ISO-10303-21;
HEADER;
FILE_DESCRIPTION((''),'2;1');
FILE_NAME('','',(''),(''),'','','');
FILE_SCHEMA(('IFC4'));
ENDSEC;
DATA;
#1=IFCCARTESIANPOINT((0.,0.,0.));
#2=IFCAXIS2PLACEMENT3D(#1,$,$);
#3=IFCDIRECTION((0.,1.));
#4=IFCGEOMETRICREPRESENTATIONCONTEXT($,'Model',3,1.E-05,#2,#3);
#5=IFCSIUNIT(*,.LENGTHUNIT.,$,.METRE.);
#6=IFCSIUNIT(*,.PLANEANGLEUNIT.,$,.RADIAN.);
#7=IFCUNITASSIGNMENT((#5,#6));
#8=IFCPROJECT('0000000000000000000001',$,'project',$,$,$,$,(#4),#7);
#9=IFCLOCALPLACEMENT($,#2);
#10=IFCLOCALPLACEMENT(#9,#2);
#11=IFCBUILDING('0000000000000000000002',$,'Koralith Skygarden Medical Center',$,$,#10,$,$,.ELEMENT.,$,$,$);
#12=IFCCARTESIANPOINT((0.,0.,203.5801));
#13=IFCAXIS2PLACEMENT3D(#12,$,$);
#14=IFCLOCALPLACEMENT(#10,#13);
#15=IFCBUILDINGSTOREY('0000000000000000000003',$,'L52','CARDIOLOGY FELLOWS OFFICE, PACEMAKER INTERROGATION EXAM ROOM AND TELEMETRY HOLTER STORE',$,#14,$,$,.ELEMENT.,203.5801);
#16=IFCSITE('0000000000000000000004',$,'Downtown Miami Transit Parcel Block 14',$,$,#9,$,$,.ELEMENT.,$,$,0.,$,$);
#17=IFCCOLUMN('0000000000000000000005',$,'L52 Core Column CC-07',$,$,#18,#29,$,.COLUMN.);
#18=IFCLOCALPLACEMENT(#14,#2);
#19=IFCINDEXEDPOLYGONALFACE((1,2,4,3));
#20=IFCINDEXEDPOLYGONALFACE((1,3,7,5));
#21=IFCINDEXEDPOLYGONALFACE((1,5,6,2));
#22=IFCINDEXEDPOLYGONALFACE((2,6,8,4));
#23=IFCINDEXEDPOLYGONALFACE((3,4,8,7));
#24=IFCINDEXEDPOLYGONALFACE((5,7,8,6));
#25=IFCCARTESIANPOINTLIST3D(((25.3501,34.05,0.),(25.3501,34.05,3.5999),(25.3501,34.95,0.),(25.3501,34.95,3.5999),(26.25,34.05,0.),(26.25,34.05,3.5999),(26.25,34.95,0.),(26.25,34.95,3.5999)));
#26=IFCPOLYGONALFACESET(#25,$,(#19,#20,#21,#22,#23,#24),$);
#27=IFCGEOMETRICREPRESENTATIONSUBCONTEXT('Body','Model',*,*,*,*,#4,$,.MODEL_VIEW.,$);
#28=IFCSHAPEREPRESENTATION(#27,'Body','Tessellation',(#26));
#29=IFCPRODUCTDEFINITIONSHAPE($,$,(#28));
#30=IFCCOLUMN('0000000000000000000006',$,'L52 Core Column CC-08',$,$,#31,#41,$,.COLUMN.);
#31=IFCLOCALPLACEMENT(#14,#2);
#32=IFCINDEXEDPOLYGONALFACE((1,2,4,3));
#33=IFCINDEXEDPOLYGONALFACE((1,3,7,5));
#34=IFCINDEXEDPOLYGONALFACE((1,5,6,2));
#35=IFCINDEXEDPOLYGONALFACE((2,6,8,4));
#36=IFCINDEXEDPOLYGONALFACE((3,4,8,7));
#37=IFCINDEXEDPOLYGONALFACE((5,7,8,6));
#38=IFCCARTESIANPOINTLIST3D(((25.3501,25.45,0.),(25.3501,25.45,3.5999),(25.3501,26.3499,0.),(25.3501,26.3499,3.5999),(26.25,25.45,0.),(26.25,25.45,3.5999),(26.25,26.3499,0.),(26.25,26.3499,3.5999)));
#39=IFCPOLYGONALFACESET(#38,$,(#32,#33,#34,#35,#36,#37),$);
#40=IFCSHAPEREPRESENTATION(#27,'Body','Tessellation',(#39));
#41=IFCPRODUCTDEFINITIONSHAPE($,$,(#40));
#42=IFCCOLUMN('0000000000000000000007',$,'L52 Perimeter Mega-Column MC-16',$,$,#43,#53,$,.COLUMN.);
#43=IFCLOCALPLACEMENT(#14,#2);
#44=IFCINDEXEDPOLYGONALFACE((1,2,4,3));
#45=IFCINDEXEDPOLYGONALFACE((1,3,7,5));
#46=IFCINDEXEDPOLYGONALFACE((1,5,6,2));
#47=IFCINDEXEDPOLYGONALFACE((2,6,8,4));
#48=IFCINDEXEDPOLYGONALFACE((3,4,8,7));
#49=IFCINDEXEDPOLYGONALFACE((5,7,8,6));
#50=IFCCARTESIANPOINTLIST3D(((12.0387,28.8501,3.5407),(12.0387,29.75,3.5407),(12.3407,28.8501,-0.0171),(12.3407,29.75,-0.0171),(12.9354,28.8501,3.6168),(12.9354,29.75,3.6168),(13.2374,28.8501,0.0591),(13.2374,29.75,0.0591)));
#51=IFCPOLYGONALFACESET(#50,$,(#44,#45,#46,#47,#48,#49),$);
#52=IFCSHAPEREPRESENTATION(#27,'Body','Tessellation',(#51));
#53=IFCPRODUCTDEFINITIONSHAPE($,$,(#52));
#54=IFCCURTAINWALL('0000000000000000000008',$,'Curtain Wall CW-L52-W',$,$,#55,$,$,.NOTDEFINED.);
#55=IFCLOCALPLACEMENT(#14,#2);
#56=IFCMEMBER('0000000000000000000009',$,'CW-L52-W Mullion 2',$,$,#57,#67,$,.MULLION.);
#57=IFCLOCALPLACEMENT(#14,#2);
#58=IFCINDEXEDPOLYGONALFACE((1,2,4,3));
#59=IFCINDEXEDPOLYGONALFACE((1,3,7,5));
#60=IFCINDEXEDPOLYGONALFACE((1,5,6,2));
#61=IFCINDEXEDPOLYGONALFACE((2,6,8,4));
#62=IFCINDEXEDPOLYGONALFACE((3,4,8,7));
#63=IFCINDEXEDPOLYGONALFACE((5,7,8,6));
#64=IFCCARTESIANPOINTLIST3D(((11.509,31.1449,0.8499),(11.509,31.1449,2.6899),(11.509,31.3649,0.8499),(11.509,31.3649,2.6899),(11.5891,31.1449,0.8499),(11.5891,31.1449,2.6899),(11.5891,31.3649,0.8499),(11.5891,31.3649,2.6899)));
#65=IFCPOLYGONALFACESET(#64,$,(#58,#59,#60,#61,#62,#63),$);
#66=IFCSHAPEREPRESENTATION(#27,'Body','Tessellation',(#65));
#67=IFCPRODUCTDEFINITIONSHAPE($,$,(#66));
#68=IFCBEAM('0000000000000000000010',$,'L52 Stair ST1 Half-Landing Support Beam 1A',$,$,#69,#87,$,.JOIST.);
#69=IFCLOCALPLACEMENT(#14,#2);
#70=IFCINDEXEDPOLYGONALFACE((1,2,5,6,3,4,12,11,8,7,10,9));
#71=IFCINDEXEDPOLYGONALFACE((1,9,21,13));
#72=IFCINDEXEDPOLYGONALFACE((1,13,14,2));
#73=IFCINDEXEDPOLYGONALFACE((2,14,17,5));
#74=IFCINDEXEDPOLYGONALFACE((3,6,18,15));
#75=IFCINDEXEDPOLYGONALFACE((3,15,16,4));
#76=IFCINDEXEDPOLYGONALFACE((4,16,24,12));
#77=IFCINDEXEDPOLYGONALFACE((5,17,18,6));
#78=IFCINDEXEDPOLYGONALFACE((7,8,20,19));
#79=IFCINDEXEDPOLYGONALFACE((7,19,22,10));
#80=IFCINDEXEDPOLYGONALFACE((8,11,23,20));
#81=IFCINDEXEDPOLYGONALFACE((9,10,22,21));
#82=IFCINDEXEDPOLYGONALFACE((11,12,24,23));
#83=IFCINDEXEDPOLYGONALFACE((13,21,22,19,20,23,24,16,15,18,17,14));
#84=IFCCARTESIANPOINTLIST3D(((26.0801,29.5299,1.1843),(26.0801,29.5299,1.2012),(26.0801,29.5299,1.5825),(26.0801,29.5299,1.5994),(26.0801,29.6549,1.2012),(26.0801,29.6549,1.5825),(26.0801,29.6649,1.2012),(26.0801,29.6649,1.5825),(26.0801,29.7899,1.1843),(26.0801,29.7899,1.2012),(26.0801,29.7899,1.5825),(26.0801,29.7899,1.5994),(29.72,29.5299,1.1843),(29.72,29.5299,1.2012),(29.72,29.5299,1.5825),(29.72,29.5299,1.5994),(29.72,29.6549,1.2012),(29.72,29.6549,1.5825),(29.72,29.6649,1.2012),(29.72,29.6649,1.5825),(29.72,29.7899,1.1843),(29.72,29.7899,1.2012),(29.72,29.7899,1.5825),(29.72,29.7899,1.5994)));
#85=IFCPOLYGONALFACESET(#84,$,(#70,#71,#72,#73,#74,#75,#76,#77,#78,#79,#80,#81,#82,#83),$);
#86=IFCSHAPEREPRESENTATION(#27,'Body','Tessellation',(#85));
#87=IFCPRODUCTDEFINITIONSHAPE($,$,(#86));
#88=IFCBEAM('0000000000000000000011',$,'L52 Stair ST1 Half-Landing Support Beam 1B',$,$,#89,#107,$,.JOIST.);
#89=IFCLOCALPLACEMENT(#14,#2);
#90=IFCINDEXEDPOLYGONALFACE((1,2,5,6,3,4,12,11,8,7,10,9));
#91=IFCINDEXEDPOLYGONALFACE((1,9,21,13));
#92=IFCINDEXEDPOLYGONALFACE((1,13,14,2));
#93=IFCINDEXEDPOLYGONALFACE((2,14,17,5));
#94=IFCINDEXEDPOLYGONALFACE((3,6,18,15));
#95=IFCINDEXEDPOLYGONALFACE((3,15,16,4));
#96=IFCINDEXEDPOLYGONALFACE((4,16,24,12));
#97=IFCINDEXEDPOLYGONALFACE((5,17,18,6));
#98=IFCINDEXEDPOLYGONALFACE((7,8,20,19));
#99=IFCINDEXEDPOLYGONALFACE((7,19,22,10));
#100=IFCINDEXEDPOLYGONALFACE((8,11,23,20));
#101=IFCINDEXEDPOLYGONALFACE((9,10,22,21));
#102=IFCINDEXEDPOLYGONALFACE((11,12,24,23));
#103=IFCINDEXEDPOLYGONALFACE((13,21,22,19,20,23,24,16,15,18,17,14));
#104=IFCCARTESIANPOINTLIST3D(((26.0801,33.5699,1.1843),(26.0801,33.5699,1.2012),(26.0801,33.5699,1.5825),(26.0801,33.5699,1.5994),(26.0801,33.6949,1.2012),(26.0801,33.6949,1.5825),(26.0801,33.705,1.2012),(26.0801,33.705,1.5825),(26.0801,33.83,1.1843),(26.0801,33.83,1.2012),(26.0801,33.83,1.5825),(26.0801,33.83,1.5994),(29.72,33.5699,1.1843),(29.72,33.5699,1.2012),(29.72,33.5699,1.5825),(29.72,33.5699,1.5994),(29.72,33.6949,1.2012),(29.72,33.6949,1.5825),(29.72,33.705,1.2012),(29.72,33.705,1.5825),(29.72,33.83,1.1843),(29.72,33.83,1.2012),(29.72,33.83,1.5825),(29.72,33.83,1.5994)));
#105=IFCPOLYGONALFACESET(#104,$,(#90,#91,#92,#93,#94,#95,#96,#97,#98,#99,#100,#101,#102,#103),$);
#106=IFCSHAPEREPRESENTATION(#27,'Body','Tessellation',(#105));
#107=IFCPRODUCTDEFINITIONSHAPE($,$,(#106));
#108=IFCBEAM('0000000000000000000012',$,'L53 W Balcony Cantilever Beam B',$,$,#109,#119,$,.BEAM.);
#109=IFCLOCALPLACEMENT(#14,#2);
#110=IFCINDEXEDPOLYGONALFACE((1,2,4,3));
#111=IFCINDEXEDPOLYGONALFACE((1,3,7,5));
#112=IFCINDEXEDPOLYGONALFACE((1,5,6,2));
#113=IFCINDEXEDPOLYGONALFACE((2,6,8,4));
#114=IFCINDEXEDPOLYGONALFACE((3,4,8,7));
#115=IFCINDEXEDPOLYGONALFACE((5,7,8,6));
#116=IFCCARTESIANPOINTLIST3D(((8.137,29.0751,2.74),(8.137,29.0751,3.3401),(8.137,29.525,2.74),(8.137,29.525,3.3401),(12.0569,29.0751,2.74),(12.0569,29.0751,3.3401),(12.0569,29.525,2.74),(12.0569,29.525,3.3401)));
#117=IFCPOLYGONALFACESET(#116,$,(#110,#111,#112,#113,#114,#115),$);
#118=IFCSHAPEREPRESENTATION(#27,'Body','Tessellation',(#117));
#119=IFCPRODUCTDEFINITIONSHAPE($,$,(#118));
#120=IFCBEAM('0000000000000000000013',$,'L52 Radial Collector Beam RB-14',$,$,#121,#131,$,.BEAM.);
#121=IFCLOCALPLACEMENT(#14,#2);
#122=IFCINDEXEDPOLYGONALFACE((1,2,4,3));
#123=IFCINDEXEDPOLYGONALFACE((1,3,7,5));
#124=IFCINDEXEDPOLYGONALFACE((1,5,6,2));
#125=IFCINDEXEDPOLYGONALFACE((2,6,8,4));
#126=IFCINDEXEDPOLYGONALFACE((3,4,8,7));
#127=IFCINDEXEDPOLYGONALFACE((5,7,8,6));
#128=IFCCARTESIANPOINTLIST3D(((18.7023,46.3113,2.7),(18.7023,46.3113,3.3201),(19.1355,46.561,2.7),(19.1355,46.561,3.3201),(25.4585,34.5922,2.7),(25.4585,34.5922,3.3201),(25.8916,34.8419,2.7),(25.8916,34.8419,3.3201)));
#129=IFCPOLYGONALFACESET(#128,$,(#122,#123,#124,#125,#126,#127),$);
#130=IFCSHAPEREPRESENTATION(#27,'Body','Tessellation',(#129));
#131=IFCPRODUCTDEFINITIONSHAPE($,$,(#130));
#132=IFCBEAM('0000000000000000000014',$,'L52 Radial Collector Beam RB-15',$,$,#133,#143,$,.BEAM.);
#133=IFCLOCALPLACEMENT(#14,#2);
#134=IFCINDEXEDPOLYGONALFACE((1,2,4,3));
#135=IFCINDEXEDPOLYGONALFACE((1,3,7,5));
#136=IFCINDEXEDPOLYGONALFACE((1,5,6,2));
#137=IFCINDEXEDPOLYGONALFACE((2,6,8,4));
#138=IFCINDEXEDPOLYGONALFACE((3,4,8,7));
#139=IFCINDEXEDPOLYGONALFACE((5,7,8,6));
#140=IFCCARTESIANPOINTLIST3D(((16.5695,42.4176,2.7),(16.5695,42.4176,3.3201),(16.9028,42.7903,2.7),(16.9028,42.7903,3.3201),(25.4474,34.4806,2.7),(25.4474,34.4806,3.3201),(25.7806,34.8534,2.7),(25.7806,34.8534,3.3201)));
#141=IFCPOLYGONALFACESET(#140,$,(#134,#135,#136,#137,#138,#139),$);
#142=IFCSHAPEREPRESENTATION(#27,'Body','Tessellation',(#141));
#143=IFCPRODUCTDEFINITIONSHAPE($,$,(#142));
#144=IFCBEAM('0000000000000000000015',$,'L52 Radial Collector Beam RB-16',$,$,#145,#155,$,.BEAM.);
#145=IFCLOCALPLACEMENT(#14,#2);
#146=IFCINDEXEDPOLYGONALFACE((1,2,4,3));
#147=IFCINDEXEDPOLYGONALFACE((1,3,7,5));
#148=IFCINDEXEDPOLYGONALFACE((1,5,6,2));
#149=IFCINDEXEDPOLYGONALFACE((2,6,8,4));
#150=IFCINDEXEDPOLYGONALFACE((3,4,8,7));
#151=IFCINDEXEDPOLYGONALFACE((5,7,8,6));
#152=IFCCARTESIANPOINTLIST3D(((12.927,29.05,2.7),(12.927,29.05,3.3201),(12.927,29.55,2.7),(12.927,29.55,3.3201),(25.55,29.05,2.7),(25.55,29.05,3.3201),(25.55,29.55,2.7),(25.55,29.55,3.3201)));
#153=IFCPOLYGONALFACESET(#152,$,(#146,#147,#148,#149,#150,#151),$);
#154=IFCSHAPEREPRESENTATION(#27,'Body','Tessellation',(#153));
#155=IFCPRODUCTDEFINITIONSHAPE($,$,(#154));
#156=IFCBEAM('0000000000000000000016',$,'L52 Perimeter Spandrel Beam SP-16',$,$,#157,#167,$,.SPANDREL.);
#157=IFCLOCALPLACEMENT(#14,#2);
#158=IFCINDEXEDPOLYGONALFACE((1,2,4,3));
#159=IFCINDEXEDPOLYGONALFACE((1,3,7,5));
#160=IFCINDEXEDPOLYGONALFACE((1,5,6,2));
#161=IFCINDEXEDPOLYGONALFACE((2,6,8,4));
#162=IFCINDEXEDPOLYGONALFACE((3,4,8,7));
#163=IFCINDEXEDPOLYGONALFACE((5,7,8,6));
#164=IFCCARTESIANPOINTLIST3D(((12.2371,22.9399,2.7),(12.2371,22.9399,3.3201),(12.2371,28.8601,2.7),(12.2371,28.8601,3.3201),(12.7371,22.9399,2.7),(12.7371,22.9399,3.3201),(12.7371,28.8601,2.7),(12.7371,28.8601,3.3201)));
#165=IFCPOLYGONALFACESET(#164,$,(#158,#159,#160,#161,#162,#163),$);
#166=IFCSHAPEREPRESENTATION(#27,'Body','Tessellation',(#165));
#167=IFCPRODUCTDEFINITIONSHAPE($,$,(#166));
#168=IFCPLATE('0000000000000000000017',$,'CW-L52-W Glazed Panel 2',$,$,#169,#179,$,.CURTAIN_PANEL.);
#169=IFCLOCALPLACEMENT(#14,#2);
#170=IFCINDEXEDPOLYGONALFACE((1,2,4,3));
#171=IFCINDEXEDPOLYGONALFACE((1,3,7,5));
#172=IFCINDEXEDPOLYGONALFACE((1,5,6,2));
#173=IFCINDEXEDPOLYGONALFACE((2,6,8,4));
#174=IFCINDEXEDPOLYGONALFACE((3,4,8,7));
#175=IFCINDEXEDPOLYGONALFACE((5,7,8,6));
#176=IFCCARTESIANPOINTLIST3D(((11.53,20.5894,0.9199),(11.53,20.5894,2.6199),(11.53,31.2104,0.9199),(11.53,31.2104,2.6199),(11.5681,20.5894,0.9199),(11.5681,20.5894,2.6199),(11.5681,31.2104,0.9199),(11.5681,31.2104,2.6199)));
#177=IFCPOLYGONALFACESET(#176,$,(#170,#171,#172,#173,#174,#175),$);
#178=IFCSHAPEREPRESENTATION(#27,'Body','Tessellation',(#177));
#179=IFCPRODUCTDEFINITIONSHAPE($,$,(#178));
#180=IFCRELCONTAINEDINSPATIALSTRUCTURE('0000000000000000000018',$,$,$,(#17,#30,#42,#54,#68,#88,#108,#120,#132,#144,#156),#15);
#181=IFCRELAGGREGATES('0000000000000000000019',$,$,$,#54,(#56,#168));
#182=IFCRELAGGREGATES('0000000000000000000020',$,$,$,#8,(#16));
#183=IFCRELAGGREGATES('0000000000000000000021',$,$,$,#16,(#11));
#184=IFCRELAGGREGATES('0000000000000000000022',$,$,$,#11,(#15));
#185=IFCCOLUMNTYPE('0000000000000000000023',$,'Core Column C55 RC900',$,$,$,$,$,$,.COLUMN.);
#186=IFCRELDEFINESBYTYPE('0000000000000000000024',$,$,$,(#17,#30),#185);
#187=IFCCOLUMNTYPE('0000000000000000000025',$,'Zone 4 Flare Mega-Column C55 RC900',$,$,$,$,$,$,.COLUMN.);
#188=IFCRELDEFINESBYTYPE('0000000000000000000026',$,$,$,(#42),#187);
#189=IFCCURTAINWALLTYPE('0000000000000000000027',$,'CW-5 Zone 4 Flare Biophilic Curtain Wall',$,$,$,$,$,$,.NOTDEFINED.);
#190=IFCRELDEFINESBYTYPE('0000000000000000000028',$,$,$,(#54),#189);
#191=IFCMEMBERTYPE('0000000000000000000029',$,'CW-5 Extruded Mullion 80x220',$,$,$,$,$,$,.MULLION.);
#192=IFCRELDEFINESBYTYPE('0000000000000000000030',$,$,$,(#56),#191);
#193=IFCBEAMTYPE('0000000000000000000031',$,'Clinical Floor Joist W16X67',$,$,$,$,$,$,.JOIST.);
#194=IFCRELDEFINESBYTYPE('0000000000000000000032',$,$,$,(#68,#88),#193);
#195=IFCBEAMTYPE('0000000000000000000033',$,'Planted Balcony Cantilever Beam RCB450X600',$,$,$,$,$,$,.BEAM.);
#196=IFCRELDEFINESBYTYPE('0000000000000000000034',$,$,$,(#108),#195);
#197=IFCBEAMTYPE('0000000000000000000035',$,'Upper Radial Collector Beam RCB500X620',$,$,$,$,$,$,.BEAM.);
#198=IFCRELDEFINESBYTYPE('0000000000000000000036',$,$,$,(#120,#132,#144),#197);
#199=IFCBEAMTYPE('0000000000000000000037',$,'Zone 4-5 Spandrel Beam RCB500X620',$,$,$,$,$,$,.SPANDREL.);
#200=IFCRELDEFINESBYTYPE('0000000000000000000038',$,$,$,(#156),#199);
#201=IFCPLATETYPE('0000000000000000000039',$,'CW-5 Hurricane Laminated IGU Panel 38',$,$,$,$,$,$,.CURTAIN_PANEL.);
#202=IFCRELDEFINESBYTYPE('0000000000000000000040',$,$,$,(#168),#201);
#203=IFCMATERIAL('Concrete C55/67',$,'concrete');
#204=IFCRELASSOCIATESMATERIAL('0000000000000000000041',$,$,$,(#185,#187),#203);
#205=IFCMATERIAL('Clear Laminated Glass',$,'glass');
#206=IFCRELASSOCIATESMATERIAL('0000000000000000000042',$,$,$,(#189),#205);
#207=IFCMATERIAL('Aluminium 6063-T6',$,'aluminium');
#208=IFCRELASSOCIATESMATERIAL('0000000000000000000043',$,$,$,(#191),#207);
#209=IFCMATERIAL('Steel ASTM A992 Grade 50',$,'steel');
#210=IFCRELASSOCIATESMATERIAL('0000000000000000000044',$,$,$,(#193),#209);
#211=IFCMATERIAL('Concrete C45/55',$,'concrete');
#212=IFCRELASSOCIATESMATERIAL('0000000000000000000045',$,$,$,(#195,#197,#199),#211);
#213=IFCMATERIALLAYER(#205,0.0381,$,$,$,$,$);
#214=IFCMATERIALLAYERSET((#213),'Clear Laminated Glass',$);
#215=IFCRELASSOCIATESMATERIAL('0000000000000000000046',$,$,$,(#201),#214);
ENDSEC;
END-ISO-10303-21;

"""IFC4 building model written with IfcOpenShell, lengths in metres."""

from ifc_helpers import new_model, si_unit, direction, frame, origin, origin_2d, place, context, subcontext, project, spatial, rectangle, i_section, extrude, material, layer, layer_set, material_profile, profile_set, type_object, element, aggregate, save


model = new_model("IFC4")

# Units and contexts
model_context = context("Model", 3, precision=1e-05, world=origin(), true_north=direction((0.0, 1.0)))
body_context = subcontext(model_context, "Body", "Model", "MODEL_VIEW")
ifc_project = project(units=[si_unit("LENGTHUNIT", "METRE"), si_unit("PLANEANGLEUNIT", "RADIAN")], contexts=[model_context])

# Site, building, storey
site_placement = place(None, origin())
site = spatial("IfcSite", under=ifc_project, at=site_placement, Name="Downtown Miami Transit Parcel Block 14", CompositionType="ELEMENT", RefElevation=0.0)
building_placement = place(site_placement, origin())
building = spatial("IfcBuilding", under=site, at=building_placement, Name="Koralith Skygarden Medical Center", CompositionType="ELEMENT")
storey_placement = place(building_placement, frame((0.0, 0.0, 203.5801)))
storey = spatial("IfcBuildingStorey", under=building, at=storey_placement, Name="L52", Description="CARDIOLOGY FELLOWS OFFICE, PACEMAKER INTERROGATION EXAM ROOM AND TELEMETRY HOLTER STORE", CompositionType="ELEMENT", Elevation=203.5801)

# Columns
ifc_material_1 = material(Name="Concrete C55/67", Category="concrete")
ifc_material_profile_1 = material_profile(ifc_material_1, rectangle(XDim=0.8999, YDim=0.8999, at=origin_2d()), Name="RC900X900")
ifc_profile_set_1 = profile_set([ifc_material_profile_1], Name="Concrete C55/67")
column_type_1 = type_object("IfcColumnType", Name="Core Column C55 RC900", PredefinedType="COLUMN", material=ifc_profile_set_1)
for number, where, z_axis, x_axis, name in (
    (1, (25.8, 34.5, 0.0), (0.0, 0.0, 1.0), (1.0, 0.0, 0.0), "L52 Core Column CC-07"),
    (2, (25.8, 25.8999, 0.0), (0.0, 0.0, 1.0), (1.0, 0.0, 0.0), "L52 Core Column CC-08"),
):
    element("IfcColumn", number, at=place(storey_placement, frame(where, z_axis=z_axis, x_axis=x_axis)), inside=storey, type_object=column_type_1, Name=name, PredefinedType="COLUMN", context=body_context, shape_type="SweptSolid", body=[
        extrude(rectangle(XDim=0.8999, YDim=0.8999, at=origin_2d()), origin(), (0.0, 0.0, 1.0), 3.5999),
    ])
ifc_material_profile_2 = material_profile(ifc_material_1, rectangle(XDim=0.8999, YDim=0.8999, at=origin_2d()), Name="RC900X900")
ifc_profile_set_2 = profile_set([ifc_material_profile_2], Name="Concrete C55/67")
column_type_2 = type_object("IfcColumnType", Name="Zone 4 Flare Mega-Column C55 RC900", PredefinedType="COLUMN", material=ifc_profile_set_2)
column_placement = place(storey_placement, frame((12.7891, 29.3, 0.021), z_axis=(-0.084579, 0.0, 0.996417), x_axis=(0.0, -1.0, 0.0)))
element("IfcColumn", 3, at=column_placement, inside=storey, type_object=column_type_2, Name="L52 Perimeter Mega-Column MC-16", PredefinedType="COLUMN", context=body_context, shape_type="SweptSolid", body=[
    extrude(rectangle(XDim=0.8999, YDim=0.8999, at=origin_2d()), origin(), (0.0, 0.0, 1.0), 3.5706),
])

# Curtain wall, member
ifc_material_2 = material(Name="Clear Laminated Glass", Category="glass")
curtain_wall_type = type_object("IfcCurtainWallType", Name="CW-5 Zone 4 Flare Biophilic Curtain Wall", PredefinedType="NOTDEFINED", material=ifc_material_2)
curtain_wall_placement = place(storey_placement, origin())
curtain_wall = element("IfcCurtainWall", 4, at=curtain_wall_placement, inside=storey, type_object=curtain_wall_type, Name="Curtain Wall CW-L52-W", PredefinedType="NOTDEFINED")
ifc_material_3 = material(Name="Aluminium 6063-T6", Category="aluminium")
ifc_material_profile_3 = material_profile(ifc_material_3, rectangle(XDim=0.0801, YDim=0.22, at=origin_2d()), Name="MUL80X220")
ifc_profile_set_3 = profile_set([ifc_material_profile_3], Name="Aluminium 6063-T6")
member_type = type_object("IfcMemberType", Name="CW-5 Extruded Mullion 80x220", PredefinedType="MULLION", material=ifc_profile_set_3)
member_placement = place(storey_placement, frame((11.5491, 31.2549, 0.8499), z_axis=(0.0, 0.0, 1.0), x_axis=(1.0, 0.0, 0.0)))
member = element("IfcMember", 5, at=member_placement, type_object=member_type, Name="CW-L52-W Mullion 2", PredefinedType="MULLION", context=body_context, shape_type="SweptSolid", body=[
    extrude(rectangle(XDim=0.0801, YDim=0.22, at=origin_2d()), origin(), (0.0, 0.0, 1.0), 1.8401),
])

# Beams
ifc_material_4 = material(Name="Steel ASTM A992 Grade 50", Category="steel")
ifc_material_profile_4 = material_profile(ifc_material_4, i_section(OverallWidth=0.26, OverallDepth=0.415, WebThickness=0.01, FlangeThickness=0.0168, at=origin_2d()), Name="W16X67")
ifc_profile_set_4 = profile_set([ifc_material_profile_4], Name="Steel ASTM A992 Grade 50")
beam_type_1 = type_object("IfcBeamType", Name="Clinical Floor Joist W16X67", PredefinedType="JOIST", material=ifc_profile_set_4)
for number, where, z_axis, x_axis, name in (
    (6, (26.0801, 29.6599, 1.3918), (1.0, 0.0, 0.0), (0.0, 1.0, 0.0), "L52 Stair ST1 Half-Landing Support Beam 1A"),
    (7, (26.0801, 33.7, 1.3918), (1.0, 0.0, 0.0), (0.0, 1.0, 0.0), "L52 Stair ST1 Half-Landing Support Beam 1B"),
):
    element("IfcBeam", number, at=place(storey_placement, frame(where, z_axis=z_axis, x_axis=x_axis)), inside=storey, type_object=beam_type_1, Name=name, PredefinedType="JOIST", context=body_context, shape_type="SweptSolid", body=[
        extrude(i_section(OverallWidth=0.26, OverallDepth=0.415, WebThickness=0.01, FlangeThickness=0.0168, at=origin_2d()), origin(), (0.0, 0.0, 1.0), 3.6399),
    ])
ifc_material_5 = material(Name="Concrete C45/55", Category="concrete")
ifc_material_profile_5 = material_profile(ifc_material_5, rectangle(XDim=0.45, YDim=0.6001, at=origin_2d()), Name="RCB450X600")
ifc_profile_set_5 = profile_set([ifc_material_profile_5], Name="Concrete C45/55")
beam_type_2 = type_object("IfcBeamType", Name="Planted Balcony Cantilever Beam RCB450X600", PredefinedType="BEAM", material=ifc_profile_set_5)
beam_1_placement = place(storey_placement, frame((12.0569, 29.3, 3.04), z_axis=(-1.0, 0.0, 0.0), x_axis=(0.0, -1.0, 0.0)))
element("IfcBeam", 8, at=beam_1_placement, inside=storey, type_object=beam_type_2, Name="L53 W Balcony Cantilever Beam B", PredefinedType="BEAM", context=body_context, shape_type="SweptSolid", body=[
    extrude(rectangle(XDim=0.45, YDim=0.6001, at=origin_2d()), origin(), (0.0, 0.0, 1.0), 3.9199),
])
ifc_material_profile_6 = material_profile(ifc_material_5, rectangle(XDim=0.5, YDim=0.6201, at=origin_2d()), Name="RCB500X620")
ifc_profile_set_6 = profile_set([ifc_material_profile_6], Name="Concrete C45/55")
beam_type_3 = type_object("IfcBeamType", Name="Upper Radial Collector Beam RCB500X620", PredefinedType="BEAM", material=ifc_profile_set_6)
beam_2_placement = place(storey_placement, frame((25.675, 34.717, 3.01), z_axis=(-0.499453, 0.866341, 0.0), x_axis=(-0.866341, -0.499453, 0.0)))
element("IfcBeam", 9, at=beam_2_placement, inside=storey, type_object=beam_type_3, Name="L52 Radial Collector Beam RB-14", PredefinedType="BEAM", context=body_context, shape_type="SweptSolid", body=[
    extrude(rectangle(XDim=0.5, YDim=0.6201, at=origin_2d()), origin(), (0.0, 0.0, 1.0), 13.5271),
])
beam_3_placement = place(storey_placement, frame((25.614, 34.667, 3.01), z_axis=(-0.745508, 0.666496, 0.0), x_axis=(-0.666496, -0.745508, 0.0)))
element("IfcBeam", 10, at=beam_3_placement, inside=storey, type_object=beam_type_3, Name="L52 Radial Collector Beam RB-15", PredefinedType="BEAM", context=body_context, shape_type="SweptSolid", body=[
    extrude(rectangle(XDim=0.5, YDim=0.6201, at=origin_2d()), origin(), (0.0, 0.0, 1.0), 11.9084),
])
beam_4_placement = place(storey_placement, frame((25.55, 29.3, 3.01), z_axis=(-1.0, 0.0, 0.0), x_axis=(0.0, -1.0, 0.0)))
element("IfcBeam", 11, at=beam_4_placement, inside=storey, type_object=beam_type_3, Name="L52 Radial Collector Beam RB-16", PredefinedType="BEAM", context=body_context, shape_type="SweptSolid", body=[
    extrude(rectangle(XDim=0.5, YDim=0.6201, at=origin_2d()), origin(), (0.0, 0.0, 1.0), 12.623),
])
ifc_material_profile_7 = material_profile(ifc_material_5, rectangle(XDim=0.5, YDim=0.6201, at=origin_2d()), Name="RCB500X620")
ifc_profile_set_7 = profile_set([ifc_material_profile_7], Name="Concrete C45/55")
beam_type_4 = type_object("IfcBeamType", Name="Zone 4-5 Spandrel Beam RCB500X620", PredefinedType="SPANDREL", material=ifc_profile_set_7)
beam_5_placement = place(storey_placement, frame((12.4871, 28.8601, 3.01), z_axis=(0.0, -1.0, 0.0), x_axis=(1.0, 0.0, 0.0)))
element("IfcBeam", 12, at=beam_5_placement, inside=storey, type_object=beam_type_4, Name="L52 Perimeter Spandrel Beam SP-16", PredefinedType="SPANDREL", context=body_context, shape_type="SweptSolid", body=[
    extrude(rectangle(XDim=0.5, YDim=0.6201, at=origin_2d()), origin(), (0.0, 0.0, 1.0), 5.9202),
])

# Plate
ifc_layer_1 = layer(ifc_material_2, 0.0381)
ifc_layer_set_1 = layer_set([ifc_layer_1], Name="Clear Laminated Glass")
plate_type = type_object("IfcPlateType", Name="CW-5 Hurricane Laminated IGU Panel 38", PredefinedType="CURTAIN_PANEL", material=ifc_layer_set_1)
plate_placement = place(storey_placement, frame((11.5491, 25.8999, 0.9199), z_axis=(0.0, 0.0, 1.0), x_axis=(0.0, -1.0, 0.0)))
plate = element("IfcPlate", 13, at=plate_placement, type_object=plate_type, Name="CW-L52-W Glazed Panel 2", PredefinedType="CURTAIN_PANEL", context=body_context, shape_type="SweptSolid", body=[
    extrude(rectangle(XDim=10.6211, YDim=0.0381, at=origin_2d()), origin(), (0.0, 0.0, 1.0), 1.7),
])
aggregate(curtain_wall, [member, plate])

save(model, "model.ifc")
